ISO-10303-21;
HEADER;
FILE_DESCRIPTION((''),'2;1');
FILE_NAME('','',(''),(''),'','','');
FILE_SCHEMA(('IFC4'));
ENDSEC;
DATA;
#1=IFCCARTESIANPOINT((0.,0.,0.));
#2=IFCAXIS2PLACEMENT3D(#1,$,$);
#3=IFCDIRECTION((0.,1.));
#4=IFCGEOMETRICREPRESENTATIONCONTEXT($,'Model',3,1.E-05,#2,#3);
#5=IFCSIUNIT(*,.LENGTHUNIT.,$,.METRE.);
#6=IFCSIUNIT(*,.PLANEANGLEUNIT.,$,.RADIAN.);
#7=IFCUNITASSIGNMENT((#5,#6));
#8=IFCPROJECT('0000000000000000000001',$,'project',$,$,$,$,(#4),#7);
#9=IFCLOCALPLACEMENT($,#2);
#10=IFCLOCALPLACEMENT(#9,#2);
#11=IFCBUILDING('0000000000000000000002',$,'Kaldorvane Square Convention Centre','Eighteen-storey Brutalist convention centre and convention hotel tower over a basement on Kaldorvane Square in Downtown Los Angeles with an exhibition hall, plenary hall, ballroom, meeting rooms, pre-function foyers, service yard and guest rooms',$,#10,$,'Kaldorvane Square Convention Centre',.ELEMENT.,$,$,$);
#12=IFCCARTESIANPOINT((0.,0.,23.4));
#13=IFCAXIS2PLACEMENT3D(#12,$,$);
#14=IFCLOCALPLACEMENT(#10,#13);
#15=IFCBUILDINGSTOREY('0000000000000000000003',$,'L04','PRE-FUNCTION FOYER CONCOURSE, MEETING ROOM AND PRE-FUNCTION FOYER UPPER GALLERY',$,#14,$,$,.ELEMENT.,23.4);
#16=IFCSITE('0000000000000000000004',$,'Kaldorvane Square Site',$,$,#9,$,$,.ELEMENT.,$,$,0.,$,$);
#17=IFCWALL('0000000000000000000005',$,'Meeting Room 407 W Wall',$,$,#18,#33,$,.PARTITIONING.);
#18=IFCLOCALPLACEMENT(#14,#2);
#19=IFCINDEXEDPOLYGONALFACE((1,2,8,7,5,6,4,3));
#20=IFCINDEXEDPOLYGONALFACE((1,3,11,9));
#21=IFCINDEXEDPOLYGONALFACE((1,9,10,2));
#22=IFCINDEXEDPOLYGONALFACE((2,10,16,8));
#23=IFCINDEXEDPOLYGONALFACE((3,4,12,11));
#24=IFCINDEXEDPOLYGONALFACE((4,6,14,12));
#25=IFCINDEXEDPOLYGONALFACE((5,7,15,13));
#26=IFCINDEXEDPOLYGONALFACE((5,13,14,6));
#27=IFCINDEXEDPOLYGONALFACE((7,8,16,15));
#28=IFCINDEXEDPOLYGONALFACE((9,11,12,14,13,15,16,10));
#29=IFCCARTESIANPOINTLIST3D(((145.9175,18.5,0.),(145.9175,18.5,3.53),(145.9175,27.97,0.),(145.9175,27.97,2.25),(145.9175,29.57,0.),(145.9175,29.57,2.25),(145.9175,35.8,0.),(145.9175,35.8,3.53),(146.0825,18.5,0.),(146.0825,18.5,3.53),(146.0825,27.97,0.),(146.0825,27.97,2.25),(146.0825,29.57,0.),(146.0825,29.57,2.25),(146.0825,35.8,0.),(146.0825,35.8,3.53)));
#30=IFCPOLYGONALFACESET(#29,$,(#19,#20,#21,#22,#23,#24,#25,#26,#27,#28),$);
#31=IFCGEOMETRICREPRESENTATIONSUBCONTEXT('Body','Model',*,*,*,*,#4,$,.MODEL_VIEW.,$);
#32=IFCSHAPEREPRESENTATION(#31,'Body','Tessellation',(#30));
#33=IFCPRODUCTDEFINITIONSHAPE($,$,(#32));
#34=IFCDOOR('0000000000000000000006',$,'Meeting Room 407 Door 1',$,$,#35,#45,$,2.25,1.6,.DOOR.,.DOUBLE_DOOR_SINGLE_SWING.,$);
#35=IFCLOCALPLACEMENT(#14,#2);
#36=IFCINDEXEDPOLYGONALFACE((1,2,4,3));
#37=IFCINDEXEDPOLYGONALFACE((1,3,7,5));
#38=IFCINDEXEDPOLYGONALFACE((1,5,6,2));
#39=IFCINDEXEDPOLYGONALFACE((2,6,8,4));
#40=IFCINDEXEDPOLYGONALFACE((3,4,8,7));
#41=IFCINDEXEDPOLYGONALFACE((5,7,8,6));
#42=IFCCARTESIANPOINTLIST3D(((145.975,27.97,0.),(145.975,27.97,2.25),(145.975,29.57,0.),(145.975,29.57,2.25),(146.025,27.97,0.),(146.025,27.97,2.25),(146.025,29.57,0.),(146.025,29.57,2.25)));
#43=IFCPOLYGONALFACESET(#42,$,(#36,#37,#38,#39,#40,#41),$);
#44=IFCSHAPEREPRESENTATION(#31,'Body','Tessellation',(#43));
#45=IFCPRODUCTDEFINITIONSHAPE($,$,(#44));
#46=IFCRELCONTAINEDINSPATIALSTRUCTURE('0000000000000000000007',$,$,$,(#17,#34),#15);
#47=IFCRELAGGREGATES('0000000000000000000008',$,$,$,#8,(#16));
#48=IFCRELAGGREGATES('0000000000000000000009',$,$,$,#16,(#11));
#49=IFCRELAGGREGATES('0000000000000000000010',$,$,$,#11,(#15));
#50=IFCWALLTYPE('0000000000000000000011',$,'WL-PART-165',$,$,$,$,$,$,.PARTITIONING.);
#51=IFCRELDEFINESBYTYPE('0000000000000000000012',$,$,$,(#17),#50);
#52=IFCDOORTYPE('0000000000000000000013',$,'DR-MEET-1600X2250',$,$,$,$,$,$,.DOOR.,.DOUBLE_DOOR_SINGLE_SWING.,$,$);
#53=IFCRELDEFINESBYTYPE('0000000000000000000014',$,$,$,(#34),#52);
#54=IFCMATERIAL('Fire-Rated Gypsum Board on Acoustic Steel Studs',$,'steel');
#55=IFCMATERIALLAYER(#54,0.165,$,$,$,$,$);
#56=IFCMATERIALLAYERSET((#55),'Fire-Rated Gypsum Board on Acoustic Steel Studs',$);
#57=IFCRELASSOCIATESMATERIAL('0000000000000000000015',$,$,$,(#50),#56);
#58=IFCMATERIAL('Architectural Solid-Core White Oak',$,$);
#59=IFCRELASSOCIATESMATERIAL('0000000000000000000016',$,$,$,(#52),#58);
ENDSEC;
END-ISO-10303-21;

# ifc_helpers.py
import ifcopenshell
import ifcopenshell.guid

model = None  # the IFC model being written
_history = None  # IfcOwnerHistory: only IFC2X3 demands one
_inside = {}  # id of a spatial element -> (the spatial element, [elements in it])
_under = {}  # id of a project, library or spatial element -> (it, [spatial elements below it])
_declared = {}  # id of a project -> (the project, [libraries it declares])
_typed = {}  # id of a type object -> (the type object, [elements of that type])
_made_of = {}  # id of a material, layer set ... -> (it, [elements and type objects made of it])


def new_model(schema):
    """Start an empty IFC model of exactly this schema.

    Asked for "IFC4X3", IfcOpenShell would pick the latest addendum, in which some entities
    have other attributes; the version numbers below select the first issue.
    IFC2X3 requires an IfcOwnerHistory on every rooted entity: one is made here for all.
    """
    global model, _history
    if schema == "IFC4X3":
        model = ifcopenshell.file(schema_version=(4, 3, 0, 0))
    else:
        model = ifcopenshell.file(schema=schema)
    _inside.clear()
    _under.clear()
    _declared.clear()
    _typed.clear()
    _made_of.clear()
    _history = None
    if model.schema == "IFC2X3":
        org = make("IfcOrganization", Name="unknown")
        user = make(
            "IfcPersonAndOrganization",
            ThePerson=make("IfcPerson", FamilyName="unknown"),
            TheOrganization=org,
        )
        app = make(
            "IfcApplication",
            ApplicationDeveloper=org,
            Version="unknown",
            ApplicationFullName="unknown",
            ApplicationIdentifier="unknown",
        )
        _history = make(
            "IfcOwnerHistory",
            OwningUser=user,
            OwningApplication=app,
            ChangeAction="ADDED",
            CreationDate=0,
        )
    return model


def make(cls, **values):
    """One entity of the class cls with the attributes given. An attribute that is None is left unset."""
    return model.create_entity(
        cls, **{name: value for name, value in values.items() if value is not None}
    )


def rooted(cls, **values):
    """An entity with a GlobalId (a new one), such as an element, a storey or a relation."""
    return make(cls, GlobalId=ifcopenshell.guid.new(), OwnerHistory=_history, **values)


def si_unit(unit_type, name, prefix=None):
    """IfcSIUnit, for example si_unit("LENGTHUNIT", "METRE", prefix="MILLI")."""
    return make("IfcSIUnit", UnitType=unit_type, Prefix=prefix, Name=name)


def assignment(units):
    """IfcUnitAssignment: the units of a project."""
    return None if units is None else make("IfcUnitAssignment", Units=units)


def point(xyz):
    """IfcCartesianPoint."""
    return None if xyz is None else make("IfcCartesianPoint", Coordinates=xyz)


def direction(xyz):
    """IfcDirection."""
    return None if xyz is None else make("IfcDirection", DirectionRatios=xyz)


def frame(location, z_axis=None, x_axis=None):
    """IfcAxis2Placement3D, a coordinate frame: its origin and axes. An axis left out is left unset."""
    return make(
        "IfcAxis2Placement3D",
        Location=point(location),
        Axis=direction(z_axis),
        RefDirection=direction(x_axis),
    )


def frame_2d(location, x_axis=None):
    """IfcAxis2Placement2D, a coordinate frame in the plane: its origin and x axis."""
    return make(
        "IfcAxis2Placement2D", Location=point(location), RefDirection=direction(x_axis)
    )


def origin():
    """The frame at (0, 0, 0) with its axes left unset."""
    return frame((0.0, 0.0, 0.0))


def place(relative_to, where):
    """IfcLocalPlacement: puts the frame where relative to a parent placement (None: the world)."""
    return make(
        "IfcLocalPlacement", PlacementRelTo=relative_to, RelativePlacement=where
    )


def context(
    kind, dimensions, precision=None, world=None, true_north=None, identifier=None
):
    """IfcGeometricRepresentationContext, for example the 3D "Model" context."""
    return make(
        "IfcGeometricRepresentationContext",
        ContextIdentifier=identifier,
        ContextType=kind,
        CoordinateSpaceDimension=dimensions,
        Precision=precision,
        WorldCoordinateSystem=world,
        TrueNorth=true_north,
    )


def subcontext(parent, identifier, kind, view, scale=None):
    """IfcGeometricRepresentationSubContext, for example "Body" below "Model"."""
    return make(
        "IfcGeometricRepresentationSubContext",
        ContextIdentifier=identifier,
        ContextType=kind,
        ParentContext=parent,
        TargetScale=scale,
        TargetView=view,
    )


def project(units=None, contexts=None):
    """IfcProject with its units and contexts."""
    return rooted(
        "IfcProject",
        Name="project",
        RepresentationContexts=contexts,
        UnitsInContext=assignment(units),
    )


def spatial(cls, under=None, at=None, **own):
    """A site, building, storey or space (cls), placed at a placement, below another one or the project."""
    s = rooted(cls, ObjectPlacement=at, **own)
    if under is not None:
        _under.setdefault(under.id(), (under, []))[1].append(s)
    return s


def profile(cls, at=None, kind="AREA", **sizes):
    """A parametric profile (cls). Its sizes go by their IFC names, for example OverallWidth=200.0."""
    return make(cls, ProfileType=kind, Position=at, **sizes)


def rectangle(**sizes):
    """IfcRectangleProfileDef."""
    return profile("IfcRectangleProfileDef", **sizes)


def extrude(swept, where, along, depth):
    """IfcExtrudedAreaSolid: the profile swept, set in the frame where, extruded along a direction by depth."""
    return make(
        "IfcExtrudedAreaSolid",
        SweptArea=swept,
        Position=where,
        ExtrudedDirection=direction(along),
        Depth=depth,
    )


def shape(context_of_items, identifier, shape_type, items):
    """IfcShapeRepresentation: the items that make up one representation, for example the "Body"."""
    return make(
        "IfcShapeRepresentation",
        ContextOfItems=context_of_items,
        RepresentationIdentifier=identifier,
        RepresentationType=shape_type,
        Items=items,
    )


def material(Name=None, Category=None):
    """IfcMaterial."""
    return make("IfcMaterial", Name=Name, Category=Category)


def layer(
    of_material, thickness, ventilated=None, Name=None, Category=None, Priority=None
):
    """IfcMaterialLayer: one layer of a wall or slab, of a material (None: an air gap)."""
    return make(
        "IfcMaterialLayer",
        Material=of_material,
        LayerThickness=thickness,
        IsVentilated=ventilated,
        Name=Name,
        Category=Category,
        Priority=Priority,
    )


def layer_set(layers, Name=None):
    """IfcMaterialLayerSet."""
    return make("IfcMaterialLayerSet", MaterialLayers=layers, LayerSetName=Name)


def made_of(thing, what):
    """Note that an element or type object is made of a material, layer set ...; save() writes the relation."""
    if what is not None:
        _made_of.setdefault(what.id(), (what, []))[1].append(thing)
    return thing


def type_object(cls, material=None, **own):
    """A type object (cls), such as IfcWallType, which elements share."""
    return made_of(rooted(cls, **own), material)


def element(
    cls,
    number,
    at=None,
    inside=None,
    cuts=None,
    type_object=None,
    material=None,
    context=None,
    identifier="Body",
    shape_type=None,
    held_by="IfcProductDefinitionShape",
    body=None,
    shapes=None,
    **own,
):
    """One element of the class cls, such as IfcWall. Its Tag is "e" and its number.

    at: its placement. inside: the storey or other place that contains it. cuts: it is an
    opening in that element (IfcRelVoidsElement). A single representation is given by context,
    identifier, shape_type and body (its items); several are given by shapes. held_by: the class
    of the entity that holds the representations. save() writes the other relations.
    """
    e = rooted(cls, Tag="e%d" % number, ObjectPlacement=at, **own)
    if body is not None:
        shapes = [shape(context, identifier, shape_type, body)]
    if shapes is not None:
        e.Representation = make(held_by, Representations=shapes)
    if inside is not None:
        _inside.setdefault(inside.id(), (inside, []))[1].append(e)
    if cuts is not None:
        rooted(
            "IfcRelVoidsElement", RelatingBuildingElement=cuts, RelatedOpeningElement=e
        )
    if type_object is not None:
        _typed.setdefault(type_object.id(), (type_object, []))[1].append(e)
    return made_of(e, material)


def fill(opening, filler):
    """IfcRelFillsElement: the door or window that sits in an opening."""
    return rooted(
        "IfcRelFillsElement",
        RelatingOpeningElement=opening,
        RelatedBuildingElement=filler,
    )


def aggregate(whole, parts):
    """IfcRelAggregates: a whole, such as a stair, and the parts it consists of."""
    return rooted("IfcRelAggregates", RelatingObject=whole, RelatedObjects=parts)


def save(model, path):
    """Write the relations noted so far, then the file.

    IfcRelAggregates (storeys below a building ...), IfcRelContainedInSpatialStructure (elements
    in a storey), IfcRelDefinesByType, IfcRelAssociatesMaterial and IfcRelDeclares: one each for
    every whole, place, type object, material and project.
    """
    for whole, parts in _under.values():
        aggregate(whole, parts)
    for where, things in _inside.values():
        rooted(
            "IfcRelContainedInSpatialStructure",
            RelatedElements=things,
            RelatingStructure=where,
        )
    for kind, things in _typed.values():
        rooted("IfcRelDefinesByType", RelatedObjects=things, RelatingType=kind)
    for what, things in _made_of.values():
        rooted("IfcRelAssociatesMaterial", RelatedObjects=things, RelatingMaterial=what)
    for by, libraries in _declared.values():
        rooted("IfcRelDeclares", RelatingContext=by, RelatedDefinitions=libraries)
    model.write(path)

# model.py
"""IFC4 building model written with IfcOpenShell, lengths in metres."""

from ifc_helpers import new_model, si_unit, direction, frame, frame_2d, origin, place, context, subcontext, project, spatial, rectangle, extrude, material, layer, layer_set, type_object, element, fill, save


model = new_model("IFC4")

# Units and contexts
model_context = context("Model", 3, precision=1e-05, world=origin(), true_north=direction((0.0, 1.0)))
body_context = subcontext(model_context, "Body", "Model", "MODEL_VIEW")
ifc_project = project(units=[si_unit("LENGTHUNIT", "METRE"), si_unit("PLANEANGLEUNIT", "RADIAN")], contexts=[model_context])

# Site, building, storey
site_placement = place(None, origin())
site = spatial("IfcSite", under=ifc_project, at=site_placement, Name="Kaldorvane Square Site", CompositionType="ELEMENT", RefElevation=0.0)
building_placement = place(site_placement, origin())
building = spatial("IfcBuilding", under=site, at=building_placement, Name="Kaldorvane Square Convention Centre", Description="Eighteen-storey Brutalist convention centre and convention hotel tower over a basement on Kaldorvane Square in Downtown Los Angeles with an exhibition hall, plenary hall, ballroom, meeting rooms, pre-function foyers, service yard and guest rooms", LongName="Kaldorvane Square Convention Centre", CompositionType="ELEMENT")
storey_placement = place(building_placement, frame((0.0, 0.0, 23.4)))
storey = spatial("IfcBuildingStorey", under=building, at=storey_placement, Name="L04", Description="PRE-FUNCTION FOYER CONCOURSE, MEETING ROOM AND PRE-FUNCTION FOYER UPPER GALLERY", CompositionType="ELEMENT", Elevation=23.4)

# Wall, opening, door
ifc_material_1 = material(Name="Fire-Rated Gypsum Board on Acoustic Steel Studs", Category="steel")
ifc_layer_1 = layer(ifc_material_1, 0.165)
ifc_layer_set_1 = layer_set([ifc_layer_1], Name="Fire-Rated Gypsum Board on Acoustic Steel Studs")
wall_type_1 = type_object("IfcWallType", Name="WL-PART-165", PredefinedType="PARTITIONING", material=ifc_layer_set_1)
wall_1_placement = place(storey_placement, frame((146.0, 35.8, 0.0), z_axis=(0.0, 0.0, 1.0), x_axis=(0.0, -1.0, 0.0)))
wall_1 = element("IfcWall", 1, at=wall_1_placement, inside=storey, type_object=wall_type_1, Name="Meeting Room 407 W Wall", PredefinedType="PARTITIONING", context=body_context, shape_type="SweptSolid", body=[
    extrude(rectangle(XDim=17.3, YDim=0.165, at=frame_2d((8.65, 0.0))), origin(), (0.0, 0.0, 1.0), 3.53),
])
opening_placement = place(wall_1_placement, frame((6.23, 0.0, 0.0)))
opening = element("IfcOpeningElement", 2, at=opening_placement, cuts=wall_1, PredefinedType="OPENING", context=body_context, shape_type="SweptSolid", body=[
    extrude(rectangle(XDim=1.6, YDim=2.25, at=frame_2d((0.8, 1.125))), frame((0.0, 0.0975, 0.0), z_axis=(0.0, -1.0, 0.0), x_axis=(1.0, 0.0, 0.0)), (0.0, 0.0, 1.0), 0.195),
])
ifc_material_2 = material(Name="Architectural Solid-Core White Oak")
door_type = type_object("IfcDoorType", Name="DR-MEET-1600X2250", OperationType="DOUBLE_DOOR_SINGLE_SWING", PredefinedType="DOOR", material=ifc_material_2)
door_placement = place(opening_placement, origin())
door = element("IfcDoor", 3, at=door_placement, inside=storey, type_object=door_type, Name="Meeting Room 407 Door 1", OperationType="DOUBLE_DOOR_SINGLE_SWING", OverallHeight=2.25, OverallWidth=1.6, PredefinedType="DOOR", context=body_context, shape_type="SweptSolid", body=[
    extrude(rectangle(XDim=1.6, YDim=2.25, at=frame_2d((0.8, 1.125))), frame((0.0, 0.025, 0.0), z_axis=(0.0, -1.0, 0.0), x_axis=(1.0, 0.0, 0.0)), (0.0, 0.0, 1.0), 0.05),
])
fill(opening, door)

save(model, "model.ifc")
